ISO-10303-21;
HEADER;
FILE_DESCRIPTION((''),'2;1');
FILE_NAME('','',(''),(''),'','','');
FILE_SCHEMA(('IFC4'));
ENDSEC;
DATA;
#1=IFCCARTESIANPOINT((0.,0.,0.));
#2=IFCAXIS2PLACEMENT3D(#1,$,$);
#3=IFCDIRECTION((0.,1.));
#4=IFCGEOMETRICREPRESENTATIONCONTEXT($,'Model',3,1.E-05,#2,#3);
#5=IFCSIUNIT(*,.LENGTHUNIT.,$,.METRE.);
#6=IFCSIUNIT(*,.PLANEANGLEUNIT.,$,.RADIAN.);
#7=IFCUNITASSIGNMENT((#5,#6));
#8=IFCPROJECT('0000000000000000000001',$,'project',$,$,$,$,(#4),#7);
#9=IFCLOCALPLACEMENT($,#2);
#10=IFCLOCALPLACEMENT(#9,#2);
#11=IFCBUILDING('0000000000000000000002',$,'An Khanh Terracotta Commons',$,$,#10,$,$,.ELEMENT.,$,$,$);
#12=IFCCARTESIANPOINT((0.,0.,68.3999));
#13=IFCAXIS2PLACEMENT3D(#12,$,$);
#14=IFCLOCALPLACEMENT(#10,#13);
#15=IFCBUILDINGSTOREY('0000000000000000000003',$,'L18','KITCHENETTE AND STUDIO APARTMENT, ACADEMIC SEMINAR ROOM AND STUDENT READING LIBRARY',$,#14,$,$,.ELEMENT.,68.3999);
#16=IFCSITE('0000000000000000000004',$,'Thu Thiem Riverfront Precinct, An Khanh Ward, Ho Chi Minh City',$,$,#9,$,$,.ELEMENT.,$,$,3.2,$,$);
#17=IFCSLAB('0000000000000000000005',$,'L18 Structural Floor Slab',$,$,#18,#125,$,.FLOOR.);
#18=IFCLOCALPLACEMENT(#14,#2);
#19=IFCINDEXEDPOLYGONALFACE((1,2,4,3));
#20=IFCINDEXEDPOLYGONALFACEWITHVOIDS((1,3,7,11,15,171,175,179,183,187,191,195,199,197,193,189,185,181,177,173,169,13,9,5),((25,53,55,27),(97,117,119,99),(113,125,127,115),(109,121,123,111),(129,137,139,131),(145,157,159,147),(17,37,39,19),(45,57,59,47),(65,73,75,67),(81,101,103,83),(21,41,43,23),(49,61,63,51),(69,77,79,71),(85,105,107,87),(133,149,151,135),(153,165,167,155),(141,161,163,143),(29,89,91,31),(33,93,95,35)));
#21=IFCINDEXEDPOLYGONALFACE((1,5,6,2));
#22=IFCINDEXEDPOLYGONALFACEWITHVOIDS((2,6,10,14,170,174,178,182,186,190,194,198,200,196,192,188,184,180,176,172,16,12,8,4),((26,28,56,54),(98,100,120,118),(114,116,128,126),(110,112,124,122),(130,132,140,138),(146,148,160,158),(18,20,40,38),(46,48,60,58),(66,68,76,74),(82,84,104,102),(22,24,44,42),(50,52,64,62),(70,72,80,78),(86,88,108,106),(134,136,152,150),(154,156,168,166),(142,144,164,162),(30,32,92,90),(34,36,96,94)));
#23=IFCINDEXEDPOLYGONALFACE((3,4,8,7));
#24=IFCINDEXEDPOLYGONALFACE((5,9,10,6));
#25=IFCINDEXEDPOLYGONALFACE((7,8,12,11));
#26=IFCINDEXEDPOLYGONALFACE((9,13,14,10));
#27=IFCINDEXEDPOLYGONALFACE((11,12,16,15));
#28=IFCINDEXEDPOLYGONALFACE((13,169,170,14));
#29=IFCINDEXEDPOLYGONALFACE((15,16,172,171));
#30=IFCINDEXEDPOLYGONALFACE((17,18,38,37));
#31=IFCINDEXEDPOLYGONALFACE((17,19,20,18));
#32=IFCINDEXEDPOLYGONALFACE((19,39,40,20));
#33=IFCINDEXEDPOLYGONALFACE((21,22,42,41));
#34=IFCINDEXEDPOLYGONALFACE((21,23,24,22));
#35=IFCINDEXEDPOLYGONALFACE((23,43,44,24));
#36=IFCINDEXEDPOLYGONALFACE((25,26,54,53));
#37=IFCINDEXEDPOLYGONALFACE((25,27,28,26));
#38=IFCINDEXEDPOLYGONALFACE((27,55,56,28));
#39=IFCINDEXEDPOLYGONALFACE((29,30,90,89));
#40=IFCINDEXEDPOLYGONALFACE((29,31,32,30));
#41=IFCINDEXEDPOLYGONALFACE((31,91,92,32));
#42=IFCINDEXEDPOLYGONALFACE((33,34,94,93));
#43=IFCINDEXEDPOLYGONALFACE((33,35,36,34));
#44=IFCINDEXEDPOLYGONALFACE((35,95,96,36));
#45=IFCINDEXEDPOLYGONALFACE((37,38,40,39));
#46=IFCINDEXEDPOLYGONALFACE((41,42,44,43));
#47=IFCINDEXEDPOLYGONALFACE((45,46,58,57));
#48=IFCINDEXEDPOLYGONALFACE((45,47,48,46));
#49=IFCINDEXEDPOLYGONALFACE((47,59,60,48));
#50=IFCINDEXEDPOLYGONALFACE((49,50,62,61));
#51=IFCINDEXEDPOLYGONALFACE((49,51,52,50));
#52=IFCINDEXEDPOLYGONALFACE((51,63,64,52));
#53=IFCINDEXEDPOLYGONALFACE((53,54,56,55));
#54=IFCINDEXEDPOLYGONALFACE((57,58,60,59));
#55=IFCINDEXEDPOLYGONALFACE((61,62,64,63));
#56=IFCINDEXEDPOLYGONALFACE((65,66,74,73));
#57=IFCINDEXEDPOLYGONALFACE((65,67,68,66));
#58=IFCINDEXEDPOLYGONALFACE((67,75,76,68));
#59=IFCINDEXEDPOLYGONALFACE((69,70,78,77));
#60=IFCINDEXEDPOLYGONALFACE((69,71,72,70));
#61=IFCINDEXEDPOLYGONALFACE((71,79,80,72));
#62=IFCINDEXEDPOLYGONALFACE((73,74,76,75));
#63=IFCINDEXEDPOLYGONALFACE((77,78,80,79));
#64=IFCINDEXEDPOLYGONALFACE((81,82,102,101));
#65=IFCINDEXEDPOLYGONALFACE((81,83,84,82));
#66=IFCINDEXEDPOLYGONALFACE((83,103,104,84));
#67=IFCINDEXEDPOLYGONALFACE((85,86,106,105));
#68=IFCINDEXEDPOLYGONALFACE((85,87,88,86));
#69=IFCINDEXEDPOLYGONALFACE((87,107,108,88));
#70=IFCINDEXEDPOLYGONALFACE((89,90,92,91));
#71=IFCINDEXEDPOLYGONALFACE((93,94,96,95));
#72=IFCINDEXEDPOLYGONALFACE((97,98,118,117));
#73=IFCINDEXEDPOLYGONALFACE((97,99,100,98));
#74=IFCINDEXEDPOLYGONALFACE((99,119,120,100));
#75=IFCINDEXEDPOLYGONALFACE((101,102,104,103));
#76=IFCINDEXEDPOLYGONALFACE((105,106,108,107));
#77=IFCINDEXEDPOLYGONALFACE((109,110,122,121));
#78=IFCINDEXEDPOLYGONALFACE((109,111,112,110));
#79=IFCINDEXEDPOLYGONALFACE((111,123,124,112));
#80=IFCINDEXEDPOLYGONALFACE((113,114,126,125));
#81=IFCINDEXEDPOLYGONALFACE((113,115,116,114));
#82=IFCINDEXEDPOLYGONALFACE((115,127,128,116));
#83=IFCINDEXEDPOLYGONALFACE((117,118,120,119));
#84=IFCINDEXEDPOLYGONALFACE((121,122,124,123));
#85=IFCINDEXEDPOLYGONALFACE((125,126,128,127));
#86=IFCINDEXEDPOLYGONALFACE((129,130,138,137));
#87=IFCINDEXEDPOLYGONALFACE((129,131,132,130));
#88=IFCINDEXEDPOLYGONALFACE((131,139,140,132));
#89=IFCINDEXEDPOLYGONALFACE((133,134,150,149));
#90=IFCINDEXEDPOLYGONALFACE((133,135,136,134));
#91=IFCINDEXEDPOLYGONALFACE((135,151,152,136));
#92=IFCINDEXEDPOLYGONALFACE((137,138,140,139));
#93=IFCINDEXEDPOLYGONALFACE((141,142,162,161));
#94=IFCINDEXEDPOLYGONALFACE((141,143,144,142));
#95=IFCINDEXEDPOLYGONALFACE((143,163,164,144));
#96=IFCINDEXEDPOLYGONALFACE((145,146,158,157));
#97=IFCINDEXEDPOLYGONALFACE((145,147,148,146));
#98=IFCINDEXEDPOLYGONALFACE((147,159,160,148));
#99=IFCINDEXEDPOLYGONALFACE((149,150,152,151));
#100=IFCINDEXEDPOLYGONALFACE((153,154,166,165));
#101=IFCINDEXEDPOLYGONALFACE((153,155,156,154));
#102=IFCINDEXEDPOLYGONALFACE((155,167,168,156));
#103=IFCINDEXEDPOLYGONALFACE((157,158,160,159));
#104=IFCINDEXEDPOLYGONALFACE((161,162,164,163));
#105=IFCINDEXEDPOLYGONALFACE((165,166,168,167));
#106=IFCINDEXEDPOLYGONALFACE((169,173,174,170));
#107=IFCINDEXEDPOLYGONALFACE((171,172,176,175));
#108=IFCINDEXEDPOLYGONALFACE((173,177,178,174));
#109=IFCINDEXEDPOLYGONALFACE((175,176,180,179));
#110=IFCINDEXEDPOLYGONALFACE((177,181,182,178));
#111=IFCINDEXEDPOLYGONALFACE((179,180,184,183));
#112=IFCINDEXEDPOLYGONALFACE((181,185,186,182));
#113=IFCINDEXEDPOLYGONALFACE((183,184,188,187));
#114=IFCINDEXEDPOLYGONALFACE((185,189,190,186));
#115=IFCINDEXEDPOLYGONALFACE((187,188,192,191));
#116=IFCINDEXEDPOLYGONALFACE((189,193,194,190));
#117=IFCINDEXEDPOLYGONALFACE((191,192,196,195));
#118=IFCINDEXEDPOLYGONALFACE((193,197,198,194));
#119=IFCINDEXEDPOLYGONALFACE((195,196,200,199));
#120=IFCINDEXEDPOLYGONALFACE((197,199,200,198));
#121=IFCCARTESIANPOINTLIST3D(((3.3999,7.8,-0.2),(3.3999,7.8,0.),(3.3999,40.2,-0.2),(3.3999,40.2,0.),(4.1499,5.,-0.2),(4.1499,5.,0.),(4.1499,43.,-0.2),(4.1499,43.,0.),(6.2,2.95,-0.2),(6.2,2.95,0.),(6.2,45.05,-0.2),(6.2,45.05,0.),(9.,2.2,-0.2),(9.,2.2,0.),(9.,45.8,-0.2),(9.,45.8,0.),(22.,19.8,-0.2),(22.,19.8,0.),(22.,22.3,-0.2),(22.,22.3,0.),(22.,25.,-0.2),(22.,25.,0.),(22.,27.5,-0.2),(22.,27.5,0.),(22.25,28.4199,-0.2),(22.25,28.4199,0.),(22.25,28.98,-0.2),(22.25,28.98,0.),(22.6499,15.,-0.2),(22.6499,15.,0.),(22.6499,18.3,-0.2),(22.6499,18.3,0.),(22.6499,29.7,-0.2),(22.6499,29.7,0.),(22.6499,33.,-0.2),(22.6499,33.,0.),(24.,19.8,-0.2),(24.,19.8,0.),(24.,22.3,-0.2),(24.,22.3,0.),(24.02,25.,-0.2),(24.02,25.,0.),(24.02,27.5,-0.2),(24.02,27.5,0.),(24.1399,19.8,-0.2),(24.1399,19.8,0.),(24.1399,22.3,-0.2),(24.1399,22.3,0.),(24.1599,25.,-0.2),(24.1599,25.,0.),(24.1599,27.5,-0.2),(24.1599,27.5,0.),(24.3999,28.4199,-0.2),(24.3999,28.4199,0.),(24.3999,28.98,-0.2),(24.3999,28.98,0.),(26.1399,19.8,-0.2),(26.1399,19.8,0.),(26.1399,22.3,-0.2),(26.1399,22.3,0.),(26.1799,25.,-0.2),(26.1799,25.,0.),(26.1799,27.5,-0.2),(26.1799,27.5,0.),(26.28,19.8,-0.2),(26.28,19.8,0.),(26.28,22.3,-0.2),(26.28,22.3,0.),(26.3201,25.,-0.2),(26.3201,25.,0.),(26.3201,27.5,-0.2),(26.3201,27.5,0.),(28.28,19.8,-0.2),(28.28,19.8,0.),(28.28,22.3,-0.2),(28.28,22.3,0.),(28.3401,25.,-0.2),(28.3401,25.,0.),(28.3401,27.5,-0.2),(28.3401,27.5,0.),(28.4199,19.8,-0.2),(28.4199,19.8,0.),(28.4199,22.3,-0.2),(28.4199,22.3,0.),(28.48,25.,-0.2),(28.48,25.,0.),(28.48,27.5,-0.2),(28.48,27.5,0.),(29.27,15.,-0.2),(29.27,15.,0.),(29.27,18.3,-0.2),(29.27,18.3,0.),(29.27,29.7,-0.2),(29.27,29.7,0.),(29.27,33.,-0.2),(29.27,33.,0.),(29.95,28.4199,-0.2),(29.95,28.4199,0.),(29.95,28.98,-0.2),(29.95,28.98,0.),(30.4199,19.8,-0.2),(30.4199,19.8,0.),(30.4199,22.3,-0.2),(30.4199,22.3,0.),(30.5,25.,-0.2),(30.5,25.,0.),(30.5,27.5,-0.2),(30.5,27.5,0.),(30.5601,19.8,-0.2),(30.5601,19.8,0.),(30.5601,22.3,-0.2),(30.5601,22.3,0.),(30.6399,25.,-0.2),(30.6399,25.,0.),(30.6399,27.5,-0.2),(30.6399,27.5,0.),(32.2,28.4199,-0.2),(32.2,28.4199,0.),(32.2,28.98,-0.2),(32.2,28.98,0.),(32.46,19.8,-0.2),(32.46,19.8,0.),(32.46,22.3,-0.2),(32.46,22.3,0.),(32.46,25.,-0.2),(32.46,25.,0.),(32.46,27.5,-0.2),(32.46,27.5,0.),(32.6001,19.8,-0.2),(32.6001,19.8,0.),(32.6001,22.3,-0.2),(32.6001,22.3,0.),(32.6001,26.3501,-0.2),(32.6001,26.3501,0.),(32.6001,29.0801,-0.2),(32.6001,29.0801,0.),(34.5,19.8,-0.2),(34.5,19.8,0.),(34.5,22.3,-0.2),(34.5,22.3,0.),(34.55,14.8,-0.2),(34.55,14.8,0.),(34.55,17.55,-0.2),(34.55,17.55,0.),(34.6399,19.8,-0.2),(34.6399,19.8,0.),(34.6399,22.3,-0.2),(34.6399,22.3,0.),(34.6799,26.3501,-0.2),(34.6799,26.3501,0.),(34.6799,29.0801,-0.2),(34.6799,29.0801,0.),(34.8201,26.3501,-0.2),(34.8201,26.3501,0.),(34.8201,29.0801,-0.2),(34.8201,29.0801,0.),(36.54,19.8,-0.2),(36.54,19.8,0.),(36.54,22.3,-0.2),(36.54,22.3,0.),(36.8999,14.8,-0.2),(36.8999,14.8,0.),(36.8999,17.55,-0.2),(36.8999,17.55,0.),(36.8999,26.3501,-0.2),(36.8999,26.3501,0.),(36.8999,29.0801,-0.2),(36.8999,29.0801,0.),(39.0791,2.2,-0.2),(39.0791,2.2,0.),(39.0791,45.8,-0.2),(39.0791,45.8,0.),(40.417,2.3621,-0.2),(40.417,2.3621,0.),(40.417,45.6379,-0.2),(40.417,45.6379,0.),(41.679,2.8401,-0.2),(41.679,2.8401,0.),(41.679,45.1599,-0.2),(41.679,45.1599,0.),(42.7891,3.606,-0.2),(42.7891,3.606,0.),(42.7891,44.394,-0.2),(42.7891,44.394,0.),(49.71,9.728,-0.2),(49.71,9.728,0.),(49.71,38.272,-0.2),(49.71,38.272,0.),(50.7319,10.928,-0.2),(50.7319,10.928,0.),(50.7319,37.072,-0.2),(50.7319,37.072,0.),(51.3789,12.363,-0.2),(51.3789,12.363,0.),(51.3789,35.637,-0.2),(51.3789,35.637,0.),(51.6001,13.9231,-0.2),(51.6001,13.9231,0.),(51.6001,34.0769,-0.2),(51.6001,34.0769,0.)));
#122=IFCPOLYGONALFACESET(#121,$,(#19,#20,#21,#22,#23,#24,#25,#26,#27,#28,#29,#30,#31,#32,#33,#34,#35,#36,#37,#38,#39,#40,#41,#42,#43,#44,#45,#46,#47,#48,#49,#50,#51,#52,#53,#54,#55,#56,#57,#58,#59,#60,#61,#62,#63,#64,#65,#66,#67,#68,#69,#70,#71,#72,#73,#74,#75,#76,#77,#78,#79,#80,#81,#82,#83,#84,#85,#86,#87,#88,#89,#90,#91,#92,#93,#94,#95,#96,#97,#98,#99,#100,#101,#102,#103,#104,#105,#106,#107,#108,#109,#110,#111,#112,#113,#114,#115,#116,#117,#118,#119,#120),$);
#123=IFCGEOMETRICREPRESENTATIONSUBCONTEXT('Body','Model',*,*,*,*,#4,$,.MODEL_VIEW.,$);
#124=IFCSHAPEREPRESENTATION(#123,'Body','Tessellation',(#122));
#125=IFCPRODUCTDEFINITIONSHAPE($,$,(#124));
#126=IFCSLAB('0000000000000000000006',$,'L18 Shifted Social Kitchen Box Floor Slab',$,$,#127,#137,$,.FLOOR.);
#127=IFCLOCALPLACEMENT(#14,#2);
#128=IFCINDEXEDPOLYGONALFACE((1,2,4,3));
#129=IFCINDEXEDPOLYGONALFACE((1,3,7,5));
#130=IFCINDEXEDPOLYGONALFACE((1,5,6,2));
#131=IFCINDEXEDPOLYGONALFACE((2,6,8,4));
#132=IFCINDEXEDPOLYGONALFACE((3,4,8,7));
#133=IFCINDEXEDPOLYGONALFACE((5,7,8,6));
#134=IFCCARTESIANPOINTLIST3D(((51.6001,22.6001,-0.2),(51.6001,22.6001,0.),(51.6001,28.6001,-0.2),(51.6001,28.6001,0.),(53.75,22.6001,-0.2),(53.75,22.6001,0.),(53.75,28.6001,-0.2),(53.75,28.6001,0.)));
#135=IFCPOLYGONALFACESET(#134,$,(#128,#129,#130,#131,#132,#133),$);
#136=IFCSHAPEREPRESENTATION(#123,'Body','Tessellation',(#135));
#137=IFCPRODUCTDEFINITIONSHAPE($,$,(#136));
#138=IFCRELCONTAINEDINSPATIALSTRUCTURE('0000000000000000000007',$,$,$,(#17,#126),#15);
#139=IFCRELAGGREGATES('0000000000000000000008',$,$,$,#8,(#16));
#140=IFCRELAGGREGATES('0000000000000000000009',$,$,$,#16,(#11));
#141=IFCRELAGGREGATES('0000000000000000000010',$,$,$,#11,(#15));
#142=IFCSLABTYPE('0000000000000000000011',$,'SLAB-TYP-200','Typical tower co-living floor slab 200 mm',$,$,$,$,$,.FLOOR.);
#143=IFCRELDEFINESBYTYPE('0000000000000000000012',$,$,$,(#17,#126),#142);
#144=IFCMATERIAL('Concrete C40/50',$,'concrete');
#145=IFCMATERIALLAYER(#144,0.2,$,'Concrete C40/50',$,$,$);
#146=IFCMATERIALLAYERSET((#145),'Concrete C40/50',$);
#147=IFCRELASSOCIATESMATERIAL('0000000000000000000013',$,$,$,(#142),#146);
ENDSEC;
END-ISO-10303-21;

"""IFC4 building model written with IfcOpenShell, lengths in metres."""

from ifc_helpers import new_model, si_unit, direction, frame, origin, place, context, subcontext, project, spatial, polyline, outline, extrude, material, layer, layer_set, type_object, element, save


model = new_model("IFC4")

# Units and contexts
model_context = context("Model", 3, precision=1e-05, world=origin(), true_north=direction((0.0, 1.0)))
body_context = subcontext(model_context, "Body", "Model", "MODEL_VIEW")
ifc_project = project(units=[si_unit("LENGTHUNIT", "METRE"), si_unit("PLANEANGLEUNIT", "RADIAN")], contexts=[model_context])

# Site, building, storey
site_placement = place(None, origin())
site = spatial("IfcSite", under=ifc_project, at=site_placement, Name="Thu Thiem Riverfront Precinct, An Khanh Ward, Ho Chi Minh City", CompositionType="ELEMENT", RefElevation=3.2)
building_placement = place(site_placement, origin())
building = spatial("IfcBuilding", under=site, at=building_placement, Name="An Khanh Terracotta Commons", CompositionType="ELEMENT")
storey_placement = place(building_placement, frame((0.0, 0.0, 68.3999)))
storey = spatial("IfcBuildingStorey", under=building, at=storey_placement, Name="L18", Description="KITCHENETTE AND STUDIO APARTMENT, ACADEMIC SEMINAR ROOM AND STUDENT READING LIBRARY", CompositionType="ELEMENT", Elevation=68.3999)

# Shared definitions
ifc_material_1 = material(Name="Concrete C40/50", Category="concrete")

# Slabs
ifc_layer_1 = layer(ifc_material_1, 0.2, Name="Concrete C40/50")
ifc_layer_set_1 = layer_set([ifc_layer_1], Name="Concrete C40/50")
slab_type_1 = type_object("IfcSlabType", Name="SLAB-TYP-200", Description="Typical tower co-living floor slab 200 mm", PredefinedType="FLOOR", material=ifc_layer_set_1)
slab_1_placement = place(storey_placement, frame((0.0, 0.0, -0.2)))
element("IfcSlab", 1, at=slab_1_placement, inside=storey, type_object=slab_type_1, Name="L18 Structural Floor Slab", PredefinedType="FLOOR", context=body_context, shape_type="SweptSolid", body=[
    extrude(outline(polyline([(3.3999, 7.8), (4.1499, 5.0), (6.2, 2.95), (9.0, 2.2), (39.0791, 2.2), (40.417, 2.3621), (41.679, 2.8401), (42.7891, 3.606), (49.71, 9.728), (50.7319, 10.928), (51.3789, 12.363), (51.6001, 13.9231), (51.6001, 34.0769), (51.3789, 35.637), (50.7319, 37.072), (49.71, 38.272), (42.7891, 44.394), (41.679, 45.1599), (40.417, 45.6379), (39.0791, 45.8), (9.0, 45.8), (6.2, 45.05), (4.1499, 43.0), (3.3999, 40.2), (3.3999, 7.8)]), holes=[polyline([(22.6499, 29.7), (29.27, 29.7), (29.27, 33.0), (22.6499, 33.0), (22.6499, 29.7)]), polyline([(22.6499, 15.0), (29.27, 15.0), (29.27, 18.3), (22.6499, 18.3), (22.6499, 15.0)]), polyline([(32.6001, 26.3501), (34.6799, 26.3501), (34.6799, 29.0801), (32.6001, 29.0801), (32.6001, 26.3501)]), polyline([(34.8201, 26.3501), (36.8999, 26.3501), (36.8999, 29.0801), (34.8201, 29.0801), (34.8201, 26.3501)]), polyline([(34.55, 14.8), (36.8999, 14.8), (36.8999, 17.55), (34.55, 17.55), (34.55, 14.8)]), polyline([(22.0, 25.0), (24.02, 25.0), (24.02, 27.5), (22.0, 27.5), (22.0, 25.0)]), polyline([(24.1599, 25.0), (26.1799, 25.0), (26.1799, 27.5), (24.1599, 27.5), (24.1599, 25.0)]), polyline([(22.0, 19.8), (24.0, 19.8), (24.0, 22.3), (22.0, 22.3), (22.0, 19.8)]), polyline([(24.1399, 19.8), (26.1399, 19.8), (26.1399, 22.3), (24.1399, 22.3), (24.1399, 19.8)]), polyline([(26.3201, 25.0), (28.3401, 25.0), (28.3401, 27.5), (26.3201, 27.5), (26.3201, 25.0)]), polyline([(28.48, 25.0), (30.5, 25.0), (30.5, 27.5), (28.48, 27.5), (28.48, 25.0)]), polyline([(26.28, 19.8), (28.28, 19.8), (28.28, 22.3), (26.28, 22.3), (26.28, 19.8)]), polyline([(28.4199, 19.8), (30.4199, 19.8), (30.4199, 22.3), (28.4199, 22.3), (28.4199, 19.8)]), polyline([(30.6399, 25.0), (32.46, 25.0), (32.46, 27.5), (30.6399, 27.5), (30.6399, 25.0)]), polyline([(30.5601, 19.8), (32.46, 19.8), (32.46, 22.3), (30.5601, 22.3), (30.5601, 19.8)]), polyline([(32.6001, 19.8), (34.5, 19.8), (34.5, 22.3), (32.6001, 22.3), (32.6001, 19.8)]), polyline([(34.6399, 19.8), (36.54, 19.8), (36.54, 22.3), (34.6399, 22.3), (34.6399, 19.8)]), polyline([(22.25, 28.4199), (24.3999, 28.4199), (24.3999, 28.98), (22.25, 28.98), (22.25, 28.4199)]), polyline([(29.95, 28.4199), (32.2, 28.4199), (32.2, 28.98), (29.95, 28.98), (29.95, 28.4199)])]), origin(), (0.0, 0.0, 1.0), 0.2),
])
slab_2_placement = place(storey_placement, frame((0.0, 0.0, -0.2)))
element("IfcSlab", 2, at=slab_2_placement, inside=storey, type_object=slab_type_1, Name="L18 Shifted Social Kitchen Box Floor Slab", PredefinedType="FLOOR", context=body_context, shape_type="SweptSolid", body=[
    extrude(outline(polyline([(51.6001, 22.6001), (53.75, 22.6001), (53.75, 28.6001), (51.6001, 28.6001), (51.6001, 22.6001)])), origin(), (0.0, 0.0, 1.0), 0.2),
])

save(model, "model.ifc")
